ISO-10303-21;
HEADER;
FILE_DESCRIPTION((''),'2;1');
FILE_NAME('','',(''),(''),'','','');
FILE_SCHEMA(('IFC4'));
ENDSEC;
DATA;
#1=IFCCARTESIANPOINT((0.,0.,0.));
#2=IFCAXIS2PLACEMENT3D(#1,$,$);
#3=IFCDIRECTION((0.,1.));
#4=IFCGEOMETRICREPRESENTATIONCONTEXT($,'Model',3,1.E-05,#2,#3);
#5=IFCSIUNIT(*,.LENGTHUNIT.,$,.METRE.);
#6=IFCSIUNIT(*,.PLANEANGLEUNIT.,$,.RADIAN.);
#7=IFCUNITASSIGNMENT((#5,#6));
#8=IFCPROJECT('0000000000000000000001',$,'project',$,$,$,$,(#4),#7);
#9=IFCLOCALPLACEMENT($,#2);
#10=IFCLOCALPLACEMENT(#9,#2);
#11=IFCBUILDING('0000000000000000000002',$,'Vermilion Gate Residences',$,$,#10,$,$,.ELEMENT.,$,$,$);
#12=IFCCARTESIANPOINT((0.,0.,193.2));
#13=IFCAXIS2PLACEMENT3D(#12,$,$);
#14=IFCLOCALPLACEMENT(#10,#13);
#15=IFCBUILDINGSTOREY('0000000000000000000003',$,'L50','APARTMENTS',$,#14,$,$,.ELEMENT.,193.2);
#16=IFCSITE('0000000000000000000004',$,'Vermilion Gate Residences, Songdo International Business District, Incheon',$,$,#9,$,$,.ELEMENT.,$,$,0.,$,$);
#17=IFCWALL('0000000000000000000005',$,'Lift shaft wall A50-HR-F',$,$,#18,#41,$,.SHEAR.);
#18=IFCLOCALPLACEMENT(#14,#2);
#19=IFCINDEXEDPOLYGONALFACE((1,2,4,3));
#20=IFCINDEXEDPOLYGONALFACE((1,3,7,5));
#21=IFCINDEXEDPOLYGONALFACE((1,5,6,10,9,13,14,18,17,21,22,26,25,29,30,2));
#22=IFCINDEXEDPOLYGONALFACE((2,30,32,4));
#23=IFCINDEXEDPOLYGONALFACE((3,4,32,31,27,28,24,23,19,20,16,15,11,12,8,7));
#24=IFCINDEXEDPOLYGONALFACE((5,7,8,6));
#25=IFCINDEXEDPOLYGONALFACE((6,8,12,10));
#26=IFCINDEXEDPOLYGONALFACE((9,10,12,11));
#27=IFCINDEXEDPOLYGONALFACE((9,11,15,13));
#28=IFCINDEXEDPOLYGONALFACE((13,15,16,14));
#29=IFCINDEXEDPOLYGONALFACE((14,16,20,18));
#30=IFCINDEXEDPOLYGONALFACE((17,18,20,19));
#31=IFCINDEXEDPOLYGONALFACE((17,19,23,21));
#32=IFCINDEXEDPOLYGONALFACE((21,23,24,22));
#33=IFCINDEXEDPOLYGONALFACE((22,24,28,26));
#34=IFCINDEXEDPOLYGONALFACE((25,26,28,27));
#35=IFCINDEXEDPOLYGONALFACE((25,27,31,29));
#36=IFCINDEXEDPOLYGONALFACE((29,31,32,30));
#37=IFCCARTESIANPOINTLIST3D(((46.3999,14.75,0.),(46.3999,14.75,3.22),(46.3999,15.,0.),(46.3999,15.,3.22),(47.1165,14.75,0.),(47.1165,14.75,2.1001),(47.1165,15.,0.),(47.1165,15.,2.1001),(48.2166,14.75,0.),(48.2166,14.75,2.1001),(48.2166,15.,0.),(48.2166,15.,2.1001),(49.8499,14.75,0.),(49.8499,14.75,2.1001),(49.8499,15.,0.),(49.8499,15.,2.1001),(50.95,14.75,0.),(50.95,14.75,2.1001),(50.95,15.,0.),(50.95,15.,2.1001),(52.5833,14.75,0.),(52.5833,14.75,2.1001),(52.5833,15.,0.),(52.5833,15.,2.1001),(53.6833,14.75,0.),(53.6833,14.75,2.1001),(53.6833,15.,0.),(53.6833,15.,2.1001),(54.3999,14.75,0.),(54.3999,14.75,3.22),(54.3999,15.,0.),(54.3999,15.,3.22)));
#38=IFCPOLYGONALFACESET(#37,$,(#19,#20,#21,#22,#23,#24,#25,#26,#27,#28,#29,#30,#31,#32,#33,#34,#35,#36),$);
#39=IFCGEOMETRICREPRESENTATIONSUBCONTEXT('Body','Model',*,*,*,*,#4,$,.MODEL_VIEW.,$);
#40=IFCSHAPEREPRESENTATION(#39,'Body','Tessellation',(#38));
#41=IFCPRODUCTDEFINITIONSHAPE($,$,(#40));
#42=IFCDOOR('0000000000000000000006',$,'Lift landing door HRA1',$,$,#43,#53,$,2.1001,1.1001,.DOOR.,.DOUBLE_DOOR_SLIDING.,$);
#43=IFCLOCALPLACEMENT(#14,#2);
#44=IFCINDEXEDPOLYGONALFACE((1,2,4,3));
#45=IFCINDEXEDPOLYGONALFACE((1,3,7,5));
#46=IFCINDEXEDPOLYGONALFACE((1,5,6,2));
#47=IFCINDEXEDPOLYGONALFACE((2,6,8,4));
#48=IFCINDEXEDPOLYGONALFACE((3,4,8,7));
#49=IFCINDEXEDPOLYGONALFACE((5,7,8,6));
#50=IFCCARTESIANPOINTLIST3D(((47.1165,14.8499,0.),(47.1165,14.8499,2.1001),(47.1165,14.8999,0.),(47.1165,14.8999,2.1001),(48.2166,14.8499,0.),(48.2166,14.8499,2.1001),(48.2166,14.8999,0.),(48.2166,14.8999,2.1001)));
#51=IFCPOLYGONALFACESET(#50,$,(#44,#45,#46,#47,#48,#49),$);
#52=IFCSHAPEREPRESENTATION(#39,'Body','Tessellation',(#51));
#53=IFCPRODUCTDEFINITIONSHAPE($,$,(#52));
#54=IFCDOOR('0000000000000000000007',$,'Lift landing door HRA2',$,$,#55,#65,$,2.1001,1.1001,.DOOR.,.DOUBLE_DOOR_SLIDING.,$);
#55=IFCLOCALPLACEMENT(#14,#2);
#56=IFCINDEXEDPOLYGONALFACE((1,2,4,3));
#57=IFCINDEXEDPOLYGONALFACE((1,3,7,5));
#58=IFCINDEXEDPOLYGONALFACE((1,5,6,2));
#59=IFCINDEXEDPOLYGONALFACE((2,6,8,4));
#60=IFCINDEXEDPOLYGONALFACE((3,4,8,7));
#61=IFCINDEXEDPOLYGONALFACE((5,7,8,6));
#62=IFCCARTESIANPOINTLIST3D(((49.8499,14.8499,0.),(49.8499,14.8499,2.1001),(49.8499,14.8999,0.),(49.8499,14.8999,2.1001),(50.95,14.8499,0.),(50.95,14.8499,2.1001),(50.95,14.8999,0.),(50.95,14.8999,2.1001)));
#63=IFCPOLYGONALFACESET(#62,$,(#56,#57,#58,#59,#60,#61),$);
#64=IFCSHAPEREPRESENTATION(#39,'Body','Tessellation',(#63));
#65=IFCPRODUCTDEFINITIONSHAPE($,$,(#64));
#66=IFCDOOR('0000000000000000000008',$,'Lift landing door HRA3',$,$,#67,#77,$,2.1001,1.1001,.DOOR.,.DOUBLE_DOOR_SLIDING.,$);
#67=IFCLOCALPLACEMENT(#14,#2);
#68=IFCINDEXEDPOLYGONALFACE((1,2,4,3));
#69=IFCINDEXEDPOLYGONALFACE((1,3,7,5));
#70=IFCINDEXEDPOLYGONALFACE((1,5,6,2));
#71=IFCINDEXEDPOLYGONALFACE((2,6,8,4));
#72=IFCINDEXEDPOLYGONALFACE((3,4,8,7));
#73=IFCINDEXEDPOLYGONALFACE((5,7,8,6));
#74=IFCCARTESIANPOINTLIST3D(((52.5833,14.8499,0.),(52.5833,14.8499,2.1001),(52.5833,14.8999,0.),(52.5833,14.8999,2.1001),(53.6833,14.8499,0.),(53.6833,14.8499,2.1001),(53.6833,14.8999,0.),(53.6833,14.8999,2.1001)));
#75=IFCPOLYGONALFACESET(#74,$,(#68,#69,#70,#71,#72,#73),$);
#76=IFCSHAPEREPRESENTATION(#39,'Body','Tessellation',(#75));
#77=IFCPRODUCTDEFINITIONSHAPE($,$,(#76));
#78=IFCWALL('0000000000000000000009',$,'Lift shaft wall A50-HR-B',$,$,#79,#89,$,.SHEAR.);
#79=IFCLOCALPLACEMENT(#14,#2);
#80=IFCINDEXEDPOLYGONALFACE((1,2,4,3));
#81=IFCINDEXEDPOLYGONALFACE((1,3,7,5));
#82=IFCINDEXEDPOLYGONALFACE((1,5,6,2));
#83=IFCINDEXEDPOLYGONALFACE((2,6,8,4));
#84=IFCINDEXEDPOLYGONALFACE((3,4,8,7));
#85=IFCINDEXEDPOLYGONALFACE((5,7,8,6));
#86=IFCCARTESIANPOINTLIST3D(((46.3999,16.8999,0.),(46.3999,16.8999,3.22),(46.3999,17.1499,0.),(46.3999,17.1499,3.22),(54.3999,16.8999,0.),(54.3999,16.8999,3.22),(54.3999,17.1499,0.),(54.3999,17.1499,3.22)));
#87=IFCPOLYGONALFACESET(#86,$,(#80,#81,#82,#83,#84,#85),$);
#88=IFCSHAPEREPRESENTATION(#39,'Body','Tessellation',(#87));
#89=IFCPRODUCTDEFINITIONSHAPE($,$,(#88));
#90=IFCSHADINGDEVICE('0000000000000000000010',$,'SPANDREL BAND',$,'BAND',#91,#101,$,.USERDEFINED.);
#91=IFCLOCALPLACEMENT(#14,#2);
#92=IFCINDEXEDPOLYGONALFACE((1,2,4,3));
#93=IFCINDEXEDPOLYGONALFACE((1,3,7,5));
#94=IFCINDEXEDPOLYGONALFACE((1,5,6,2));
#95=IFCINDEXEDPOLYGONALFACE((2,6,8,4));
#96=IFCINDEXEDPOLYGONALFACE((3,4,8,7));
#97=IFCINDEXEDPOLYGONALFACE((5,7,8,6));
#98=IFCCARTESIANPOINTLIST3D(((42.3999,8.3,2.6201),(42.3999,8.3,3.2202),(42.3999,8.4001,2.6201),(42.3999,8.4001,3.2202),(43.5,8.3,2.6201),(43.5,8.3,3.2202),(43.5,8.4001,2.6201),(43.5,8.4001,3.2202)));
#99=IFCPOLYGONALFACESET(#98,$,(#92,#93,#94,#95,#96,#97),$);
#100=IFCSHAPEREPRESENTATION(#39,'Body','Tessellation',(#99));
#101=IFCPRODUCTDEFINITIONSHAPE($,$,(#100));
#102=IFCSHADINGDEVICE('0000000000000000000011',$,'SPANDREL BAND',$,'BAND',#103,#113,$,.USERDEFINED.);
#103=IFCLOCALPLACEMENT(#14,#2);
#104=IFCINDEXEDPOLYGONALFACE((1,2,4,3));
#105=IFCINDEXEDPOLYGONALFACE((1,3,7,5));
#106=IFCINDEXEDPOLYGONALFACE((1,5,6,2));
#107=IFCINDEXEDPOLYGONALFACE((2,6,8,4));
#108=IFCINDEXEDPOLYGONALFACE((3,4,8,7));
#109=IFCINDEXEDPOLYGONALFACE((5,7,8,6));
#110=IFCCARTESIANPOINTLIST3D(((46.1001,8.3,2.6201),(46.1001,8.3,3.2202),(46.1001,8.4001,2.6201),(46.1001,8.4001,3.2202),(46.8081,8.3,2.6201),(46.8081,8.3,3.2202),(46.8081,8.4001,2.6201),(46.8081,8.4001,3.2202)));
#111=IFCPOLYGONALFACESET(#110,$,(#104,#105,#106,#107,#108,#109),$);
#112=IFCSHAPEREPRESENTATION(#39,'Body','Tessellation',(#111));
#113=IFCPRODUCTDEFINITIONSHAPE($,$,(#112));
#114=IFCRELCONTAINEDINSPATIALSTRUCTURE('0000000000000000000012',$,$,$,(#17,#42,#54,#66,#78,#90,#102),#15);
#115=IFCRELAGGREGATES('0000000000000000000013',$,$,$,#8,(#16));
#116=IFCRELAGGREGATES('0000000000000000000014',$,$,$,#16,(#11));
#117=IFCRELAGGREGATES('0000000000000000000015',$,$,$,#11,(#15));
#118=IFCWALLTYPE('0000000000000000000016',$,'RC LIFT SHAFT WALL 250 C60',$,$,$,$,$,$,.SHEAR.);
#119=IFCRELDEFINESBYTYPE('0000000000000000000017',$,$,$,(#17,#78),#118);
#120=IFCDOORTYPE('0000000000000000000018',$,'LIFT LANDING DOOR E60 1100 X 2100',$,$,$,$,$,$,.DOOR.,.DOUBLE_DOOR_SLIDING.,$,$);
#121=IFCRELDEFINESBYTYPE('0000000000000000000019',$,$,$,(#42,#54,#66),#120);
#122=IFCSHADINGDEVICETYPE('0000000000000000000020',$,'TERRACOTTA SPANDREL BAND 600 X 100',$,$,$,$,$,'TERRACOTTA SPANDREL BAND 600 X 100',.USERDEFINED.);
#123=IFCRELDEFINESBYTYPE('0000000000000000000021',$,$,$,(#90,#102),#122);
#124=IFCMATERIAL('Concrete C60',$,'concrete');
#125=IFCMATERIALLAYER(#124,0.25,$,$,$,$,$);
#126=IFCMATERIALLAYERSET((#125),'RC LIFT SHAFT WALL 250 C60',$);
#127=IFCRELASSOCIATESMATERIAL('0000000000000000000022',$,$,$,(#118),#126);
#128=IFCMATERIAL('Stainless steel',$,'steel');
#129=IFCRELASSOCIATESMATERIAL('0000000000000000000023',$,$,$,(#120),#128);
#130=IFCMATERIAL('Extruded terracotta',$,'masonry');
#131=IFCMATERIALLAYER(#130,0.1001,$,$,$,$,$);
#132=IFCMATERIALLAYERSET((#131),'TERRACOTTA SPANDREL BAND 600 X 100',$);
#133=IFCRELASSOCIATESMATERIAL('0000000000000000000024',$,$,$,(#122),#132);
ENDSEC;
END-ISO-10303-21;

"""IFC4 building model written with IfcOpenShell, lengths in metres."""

from ifc_helpers import new_model, si_unit, direction, frame, frame_2d, origin, origin_2d, place, context, subcontext, project, spatial, rectangle, extrude, material, layer, layer_set, type_object, element, fill, save


model = new_model("IFC4")

# Units and contexts
model_context = context("Model", 3, precision=1e-05, world=origin(), true_north=direction((0.0, 1.0)))
body_context = subcontext(model_context, "Body", "Model", "MODEL_VIEW")
ifc_project = project(units=[si_unit("LENGTHUNIT", "METRE"), si_unit("PLANEANGLEUNIT", "RADIAN")], contexts=[model_context])

# Site, building, storey
site_placement = place(None, origin())
site = spatial("IfcSite", under=ifc_project, at=site_placement, Name="Vermilion Gate Residences, Songdo International Business District, Incheon", CompositionType="ELEMENT", RefElevation=0.0)
building_placement = place(site_placement, origin())
building = spatial("IfcBuilding", under=site, at=building_placement, Name="Vermilion Gate Residences", CompositionType="ELEMENT")
storey_placement = place(building_placement, frame((0.0, 0.0, 193.2)))
storey = spatial("IfcBuildingStorey", under=building, at=storey_placement, Name="L50", Description="APARTMENTS", CompositionType="ELEMENT", Elevation=193.2)

# Wall, openings, doors
ifc_material_1 = material(Name="Concrete C60", Category="concrete")
ifc_layer_1 = layer(ifc_material_1, 0.25)
ifc_layer_set_1 = layer_set([ifc_layer_1], Name="RC LIFT SHAFT WALL 250 C60")
wall_type_1 = type_object("IfcWallType", Name="RC LIFT SHAFT WALL 250 C60", PredefinedType="SHEAR", material=ifc_layer_set_1)
wall_1_placement = place(storey_placement, frame((46.3999, 14.875, 0.0), z_axis=(0.0, 0.0, 1.0), x_axis=(1.0, 0.0, 0.0)))
wall_1 = element("IfcWall", 1, at=wall_1_placement, inside=storey, type_object=wall_type_1, Name="Lift shaft wall A50-HR-F", PredefinedType="SHEAR", context=body_context, shape_type="SweptSolid", body=[
    extrude(rectangle(XDim=8.0, YDim=0.25, at=frame_2d((4.0, 0.0))), origin(), (0.0, 0.0, 1.0), 3.22),
])
opening_1_placement = place(wall_1_placement, frame((0.7166, 0.0, 0.0)))
opening_1 = element("IfcOpeningElement", 2, at=opening_1_placement, cuts=wall_1, PredefinedType="OPENING", context=body_context, shape_type="SweptSolid", body=[
    extrude(rectangle(XDim=1.1001, YDim=2.1001, at=frame_2d((0.55, 1.05))), frame((0.0, 0.135, 0.0), z_axis=(0.0, -1.0, 0.0), x_axis=(1.0, 0.0, 0.0)), (0.0, 0.0, 1.0), 0.27),
])
opening_2_placement = place(wall_1_placement, frame((3.45, 0.0, 0.0)))
opening_2 = element("IfcOpeningElement", 3, at=opening_2_placement, cuts=wall_1, PredefinedType="OPENING", context=body_context, shape_type="SweptSolid", body=[
    extrude(rectangle(XDim=1.1001, YDim=2.1001, at=frame_2d((0.55, 1.05))), frame((0.0, 0.135, 0.0), z_axis=(0.0, -1.0, 0.0), x_axis=(1.0, 0.0, 0.0)), (0.0, 0.0, 1.0), 0.27),
])
opening_3_placement = place(wall_1_placement, frame((6.1833, 0.0, 0.0)))
opening_3 = element("IfcOpeningElement", 4, at=opening_3_placement, cuts=wall_1, PredefinedType="OPENING", context=body_context, shape_type="SweptSolid", body=[
    extrude(rectangle(XDim=1.1001, YDim=2.1001, at=frame_2d((0.55, 1.05))), frame((0.0, 0.135, 0.0), z_axis=(0.0, -1.0, 0.0), x_axis=(1.0, 0.0, 0.0)), (0.0, 0.0, 1.0), 0.27),
])
ifc_material_2 = material(Name="Stainless steel", Category="steel")
door_type_1 = type_object("IfcDoorType", Name="LIFT LANDING DOOR E60 1100 X 2100", OperationType="DOUBLE_DOOR_SLIDING", PredefinedType="DOOR", material=ifc_material_2)
door_1_placement = place(opening_1_placement, origin())
door_1 = element("IfcDoor", 5, at=door_1_placement, inside=storey, type_object=door_type_1, Name="Lift landing door HRA1", OperationType="DOUBLE_DOOR_SLIDING", OverallHeight=2.1001, OverallWidth=1.1001, PredefinedType="DOOR", context=body_context, shape_type="SweptSolid", body=[
    extrude(rectangle(XDim=1.1001, YDim=2.1001, at=frame_2d((0.55, 1.05))), frame((0.0, 0.0249, 0.0), z_axis=(0.0, -1.0, 0.0), x_axis=(1.0, 0.0, 0.0)), (0.0, 0.0, 1.0), 0.05),
])
fill(opening_1, door_1)
door_2_placement = place(opening_2_placement, origin())
door_2 = element("IfcDoor", 6, at=door_2_placement, inside=storey, type_object=door_type_1, Name="Lift landing door HRA2", OperationType="DOUBLE_DOOR_SLIDING", OverallHeight=2.1001, OverallWidth=1.1001, PredefinedType="DOOR", context=body_context, shape_type="SweptSolid", body=[
    extrude(rectangle(XDim=1.1001, YDim=2.1001, at=frame_2d((0.55, 1.05))), frame((0.0, 0.0249, 0.0), z_axis=(0.0, -1.0, 0.0), x_axis=(1.0, 0.0, 0.0)), (0.0, 0.0, 1.0), 0.05),
])
fill(opening_2, door_2)
door_3_placement = place(opening_3_placement, origin())
door_3 = element("IfcDoor", 7, at=door_3_placement, inside=storey, type_object=door_type_1, Name="Lift landing door HRA3", OperationType="DOUBLE_DOOR_SLIDING", OverallHeight=2.1001, OverallWidth=1.1001, PredefinedType="DOOR", context=body_context, shape_type="SweptSolid", body=[
    extrude(rectangle(XDim=1.1001, YDim=2.1001, at=frame_2d((0.55, 1.05))), frame((0.0, 0.0249, 0.0), z_axis=(0.0, -1.0, 0.0), x_axis=(1.0, 0.0, 0.0)), (0.0, 0.0, 1.0), 0.05),
])
fill(opening_3, door_3)

# Wall
wall_2_placement = place(storey_placement, frame((46.3999, 17.0249, 0.0), z_axis=(0.0, 0.0, 1.0), x_axis=(1.0, 0.0, 0.0)))
element("IfcWall", 8, at=wall_2_placement, inside=storey, type_object=wall_type_1, Name="Lift shaft wall A50-HR-B", PredefinedType="SHEAR", context=body_context, shape_type="SweptSolid", body=[
    extrude(rectangle(XDim=8.0, YDim=0.25, at=frame_2d((4.0, 0.0))), origin(), (0.0, 0.0, 1.0), 3.22),
])

# Shading devices
ifc_material_3 = material(Name="Extruded terracotta", Category="masonry")
ifc_layer_2 = layer(ifc_material_3, 0.1001)
ifc_layer_set_2 = layer_set([ifc_layer_2], Name="TERRACOTTA SPANDREL BAND 600 X 100")
shading_device_type = type_object("IfcShadingDeviceType", Name="TERRACOTTA SPANDREL BAND 600 X 100", ElementType="TERRACOTTA SPANDREL BAND 600 X 100", PredefinedType="USERDEFINED", material=ifc_layer_set_2)
shading_device_1_placement = place(storey_placement, frame((42.95, 8.3501, 2.6201), z_axis=(0.0, 0.0, 1.0), x_axis=(1.0, 0.0, 0.0)))
element("IfcShadingDevice", 9, at=shading_device_1_placement, inside=storey, type_object=shading_device_type, Name="SPANDREL BAND", ObjectType="BAND", PredefinedType="USERDEFINED", context=body_context, shape_type="SweptSolid", body=[
    extrude(rectangle(XDim=1.1001, YDim=0.1001, at=origin_2d()), origin(), (0.0, 0.0, 1.0), 0.6001),
])
shading_device_2_placement = place(storey_placement, frame((46.4541, 8.3501, 2.6201), z_axis=(0.0, 0.0, 1.0), x_axis=(1.0, 0.0, 0.0)))
element("IfcShadingDevice", 10, at=shading_device_2_placement, inside=storey, type_object=shading_device_type, Name="SPANDREL BAND", ObjectType="BAND", PredefinedType="USERDEFINED", context=body_context, shape_type="SweptSolid", body=[
    extrude(rectangle(XDim=0.708, YDim=0.1001, at=origin_2d()), origin(), (0.0, 0.0, 1.0), 0.6001),
])

save(model, "model.ifc")
